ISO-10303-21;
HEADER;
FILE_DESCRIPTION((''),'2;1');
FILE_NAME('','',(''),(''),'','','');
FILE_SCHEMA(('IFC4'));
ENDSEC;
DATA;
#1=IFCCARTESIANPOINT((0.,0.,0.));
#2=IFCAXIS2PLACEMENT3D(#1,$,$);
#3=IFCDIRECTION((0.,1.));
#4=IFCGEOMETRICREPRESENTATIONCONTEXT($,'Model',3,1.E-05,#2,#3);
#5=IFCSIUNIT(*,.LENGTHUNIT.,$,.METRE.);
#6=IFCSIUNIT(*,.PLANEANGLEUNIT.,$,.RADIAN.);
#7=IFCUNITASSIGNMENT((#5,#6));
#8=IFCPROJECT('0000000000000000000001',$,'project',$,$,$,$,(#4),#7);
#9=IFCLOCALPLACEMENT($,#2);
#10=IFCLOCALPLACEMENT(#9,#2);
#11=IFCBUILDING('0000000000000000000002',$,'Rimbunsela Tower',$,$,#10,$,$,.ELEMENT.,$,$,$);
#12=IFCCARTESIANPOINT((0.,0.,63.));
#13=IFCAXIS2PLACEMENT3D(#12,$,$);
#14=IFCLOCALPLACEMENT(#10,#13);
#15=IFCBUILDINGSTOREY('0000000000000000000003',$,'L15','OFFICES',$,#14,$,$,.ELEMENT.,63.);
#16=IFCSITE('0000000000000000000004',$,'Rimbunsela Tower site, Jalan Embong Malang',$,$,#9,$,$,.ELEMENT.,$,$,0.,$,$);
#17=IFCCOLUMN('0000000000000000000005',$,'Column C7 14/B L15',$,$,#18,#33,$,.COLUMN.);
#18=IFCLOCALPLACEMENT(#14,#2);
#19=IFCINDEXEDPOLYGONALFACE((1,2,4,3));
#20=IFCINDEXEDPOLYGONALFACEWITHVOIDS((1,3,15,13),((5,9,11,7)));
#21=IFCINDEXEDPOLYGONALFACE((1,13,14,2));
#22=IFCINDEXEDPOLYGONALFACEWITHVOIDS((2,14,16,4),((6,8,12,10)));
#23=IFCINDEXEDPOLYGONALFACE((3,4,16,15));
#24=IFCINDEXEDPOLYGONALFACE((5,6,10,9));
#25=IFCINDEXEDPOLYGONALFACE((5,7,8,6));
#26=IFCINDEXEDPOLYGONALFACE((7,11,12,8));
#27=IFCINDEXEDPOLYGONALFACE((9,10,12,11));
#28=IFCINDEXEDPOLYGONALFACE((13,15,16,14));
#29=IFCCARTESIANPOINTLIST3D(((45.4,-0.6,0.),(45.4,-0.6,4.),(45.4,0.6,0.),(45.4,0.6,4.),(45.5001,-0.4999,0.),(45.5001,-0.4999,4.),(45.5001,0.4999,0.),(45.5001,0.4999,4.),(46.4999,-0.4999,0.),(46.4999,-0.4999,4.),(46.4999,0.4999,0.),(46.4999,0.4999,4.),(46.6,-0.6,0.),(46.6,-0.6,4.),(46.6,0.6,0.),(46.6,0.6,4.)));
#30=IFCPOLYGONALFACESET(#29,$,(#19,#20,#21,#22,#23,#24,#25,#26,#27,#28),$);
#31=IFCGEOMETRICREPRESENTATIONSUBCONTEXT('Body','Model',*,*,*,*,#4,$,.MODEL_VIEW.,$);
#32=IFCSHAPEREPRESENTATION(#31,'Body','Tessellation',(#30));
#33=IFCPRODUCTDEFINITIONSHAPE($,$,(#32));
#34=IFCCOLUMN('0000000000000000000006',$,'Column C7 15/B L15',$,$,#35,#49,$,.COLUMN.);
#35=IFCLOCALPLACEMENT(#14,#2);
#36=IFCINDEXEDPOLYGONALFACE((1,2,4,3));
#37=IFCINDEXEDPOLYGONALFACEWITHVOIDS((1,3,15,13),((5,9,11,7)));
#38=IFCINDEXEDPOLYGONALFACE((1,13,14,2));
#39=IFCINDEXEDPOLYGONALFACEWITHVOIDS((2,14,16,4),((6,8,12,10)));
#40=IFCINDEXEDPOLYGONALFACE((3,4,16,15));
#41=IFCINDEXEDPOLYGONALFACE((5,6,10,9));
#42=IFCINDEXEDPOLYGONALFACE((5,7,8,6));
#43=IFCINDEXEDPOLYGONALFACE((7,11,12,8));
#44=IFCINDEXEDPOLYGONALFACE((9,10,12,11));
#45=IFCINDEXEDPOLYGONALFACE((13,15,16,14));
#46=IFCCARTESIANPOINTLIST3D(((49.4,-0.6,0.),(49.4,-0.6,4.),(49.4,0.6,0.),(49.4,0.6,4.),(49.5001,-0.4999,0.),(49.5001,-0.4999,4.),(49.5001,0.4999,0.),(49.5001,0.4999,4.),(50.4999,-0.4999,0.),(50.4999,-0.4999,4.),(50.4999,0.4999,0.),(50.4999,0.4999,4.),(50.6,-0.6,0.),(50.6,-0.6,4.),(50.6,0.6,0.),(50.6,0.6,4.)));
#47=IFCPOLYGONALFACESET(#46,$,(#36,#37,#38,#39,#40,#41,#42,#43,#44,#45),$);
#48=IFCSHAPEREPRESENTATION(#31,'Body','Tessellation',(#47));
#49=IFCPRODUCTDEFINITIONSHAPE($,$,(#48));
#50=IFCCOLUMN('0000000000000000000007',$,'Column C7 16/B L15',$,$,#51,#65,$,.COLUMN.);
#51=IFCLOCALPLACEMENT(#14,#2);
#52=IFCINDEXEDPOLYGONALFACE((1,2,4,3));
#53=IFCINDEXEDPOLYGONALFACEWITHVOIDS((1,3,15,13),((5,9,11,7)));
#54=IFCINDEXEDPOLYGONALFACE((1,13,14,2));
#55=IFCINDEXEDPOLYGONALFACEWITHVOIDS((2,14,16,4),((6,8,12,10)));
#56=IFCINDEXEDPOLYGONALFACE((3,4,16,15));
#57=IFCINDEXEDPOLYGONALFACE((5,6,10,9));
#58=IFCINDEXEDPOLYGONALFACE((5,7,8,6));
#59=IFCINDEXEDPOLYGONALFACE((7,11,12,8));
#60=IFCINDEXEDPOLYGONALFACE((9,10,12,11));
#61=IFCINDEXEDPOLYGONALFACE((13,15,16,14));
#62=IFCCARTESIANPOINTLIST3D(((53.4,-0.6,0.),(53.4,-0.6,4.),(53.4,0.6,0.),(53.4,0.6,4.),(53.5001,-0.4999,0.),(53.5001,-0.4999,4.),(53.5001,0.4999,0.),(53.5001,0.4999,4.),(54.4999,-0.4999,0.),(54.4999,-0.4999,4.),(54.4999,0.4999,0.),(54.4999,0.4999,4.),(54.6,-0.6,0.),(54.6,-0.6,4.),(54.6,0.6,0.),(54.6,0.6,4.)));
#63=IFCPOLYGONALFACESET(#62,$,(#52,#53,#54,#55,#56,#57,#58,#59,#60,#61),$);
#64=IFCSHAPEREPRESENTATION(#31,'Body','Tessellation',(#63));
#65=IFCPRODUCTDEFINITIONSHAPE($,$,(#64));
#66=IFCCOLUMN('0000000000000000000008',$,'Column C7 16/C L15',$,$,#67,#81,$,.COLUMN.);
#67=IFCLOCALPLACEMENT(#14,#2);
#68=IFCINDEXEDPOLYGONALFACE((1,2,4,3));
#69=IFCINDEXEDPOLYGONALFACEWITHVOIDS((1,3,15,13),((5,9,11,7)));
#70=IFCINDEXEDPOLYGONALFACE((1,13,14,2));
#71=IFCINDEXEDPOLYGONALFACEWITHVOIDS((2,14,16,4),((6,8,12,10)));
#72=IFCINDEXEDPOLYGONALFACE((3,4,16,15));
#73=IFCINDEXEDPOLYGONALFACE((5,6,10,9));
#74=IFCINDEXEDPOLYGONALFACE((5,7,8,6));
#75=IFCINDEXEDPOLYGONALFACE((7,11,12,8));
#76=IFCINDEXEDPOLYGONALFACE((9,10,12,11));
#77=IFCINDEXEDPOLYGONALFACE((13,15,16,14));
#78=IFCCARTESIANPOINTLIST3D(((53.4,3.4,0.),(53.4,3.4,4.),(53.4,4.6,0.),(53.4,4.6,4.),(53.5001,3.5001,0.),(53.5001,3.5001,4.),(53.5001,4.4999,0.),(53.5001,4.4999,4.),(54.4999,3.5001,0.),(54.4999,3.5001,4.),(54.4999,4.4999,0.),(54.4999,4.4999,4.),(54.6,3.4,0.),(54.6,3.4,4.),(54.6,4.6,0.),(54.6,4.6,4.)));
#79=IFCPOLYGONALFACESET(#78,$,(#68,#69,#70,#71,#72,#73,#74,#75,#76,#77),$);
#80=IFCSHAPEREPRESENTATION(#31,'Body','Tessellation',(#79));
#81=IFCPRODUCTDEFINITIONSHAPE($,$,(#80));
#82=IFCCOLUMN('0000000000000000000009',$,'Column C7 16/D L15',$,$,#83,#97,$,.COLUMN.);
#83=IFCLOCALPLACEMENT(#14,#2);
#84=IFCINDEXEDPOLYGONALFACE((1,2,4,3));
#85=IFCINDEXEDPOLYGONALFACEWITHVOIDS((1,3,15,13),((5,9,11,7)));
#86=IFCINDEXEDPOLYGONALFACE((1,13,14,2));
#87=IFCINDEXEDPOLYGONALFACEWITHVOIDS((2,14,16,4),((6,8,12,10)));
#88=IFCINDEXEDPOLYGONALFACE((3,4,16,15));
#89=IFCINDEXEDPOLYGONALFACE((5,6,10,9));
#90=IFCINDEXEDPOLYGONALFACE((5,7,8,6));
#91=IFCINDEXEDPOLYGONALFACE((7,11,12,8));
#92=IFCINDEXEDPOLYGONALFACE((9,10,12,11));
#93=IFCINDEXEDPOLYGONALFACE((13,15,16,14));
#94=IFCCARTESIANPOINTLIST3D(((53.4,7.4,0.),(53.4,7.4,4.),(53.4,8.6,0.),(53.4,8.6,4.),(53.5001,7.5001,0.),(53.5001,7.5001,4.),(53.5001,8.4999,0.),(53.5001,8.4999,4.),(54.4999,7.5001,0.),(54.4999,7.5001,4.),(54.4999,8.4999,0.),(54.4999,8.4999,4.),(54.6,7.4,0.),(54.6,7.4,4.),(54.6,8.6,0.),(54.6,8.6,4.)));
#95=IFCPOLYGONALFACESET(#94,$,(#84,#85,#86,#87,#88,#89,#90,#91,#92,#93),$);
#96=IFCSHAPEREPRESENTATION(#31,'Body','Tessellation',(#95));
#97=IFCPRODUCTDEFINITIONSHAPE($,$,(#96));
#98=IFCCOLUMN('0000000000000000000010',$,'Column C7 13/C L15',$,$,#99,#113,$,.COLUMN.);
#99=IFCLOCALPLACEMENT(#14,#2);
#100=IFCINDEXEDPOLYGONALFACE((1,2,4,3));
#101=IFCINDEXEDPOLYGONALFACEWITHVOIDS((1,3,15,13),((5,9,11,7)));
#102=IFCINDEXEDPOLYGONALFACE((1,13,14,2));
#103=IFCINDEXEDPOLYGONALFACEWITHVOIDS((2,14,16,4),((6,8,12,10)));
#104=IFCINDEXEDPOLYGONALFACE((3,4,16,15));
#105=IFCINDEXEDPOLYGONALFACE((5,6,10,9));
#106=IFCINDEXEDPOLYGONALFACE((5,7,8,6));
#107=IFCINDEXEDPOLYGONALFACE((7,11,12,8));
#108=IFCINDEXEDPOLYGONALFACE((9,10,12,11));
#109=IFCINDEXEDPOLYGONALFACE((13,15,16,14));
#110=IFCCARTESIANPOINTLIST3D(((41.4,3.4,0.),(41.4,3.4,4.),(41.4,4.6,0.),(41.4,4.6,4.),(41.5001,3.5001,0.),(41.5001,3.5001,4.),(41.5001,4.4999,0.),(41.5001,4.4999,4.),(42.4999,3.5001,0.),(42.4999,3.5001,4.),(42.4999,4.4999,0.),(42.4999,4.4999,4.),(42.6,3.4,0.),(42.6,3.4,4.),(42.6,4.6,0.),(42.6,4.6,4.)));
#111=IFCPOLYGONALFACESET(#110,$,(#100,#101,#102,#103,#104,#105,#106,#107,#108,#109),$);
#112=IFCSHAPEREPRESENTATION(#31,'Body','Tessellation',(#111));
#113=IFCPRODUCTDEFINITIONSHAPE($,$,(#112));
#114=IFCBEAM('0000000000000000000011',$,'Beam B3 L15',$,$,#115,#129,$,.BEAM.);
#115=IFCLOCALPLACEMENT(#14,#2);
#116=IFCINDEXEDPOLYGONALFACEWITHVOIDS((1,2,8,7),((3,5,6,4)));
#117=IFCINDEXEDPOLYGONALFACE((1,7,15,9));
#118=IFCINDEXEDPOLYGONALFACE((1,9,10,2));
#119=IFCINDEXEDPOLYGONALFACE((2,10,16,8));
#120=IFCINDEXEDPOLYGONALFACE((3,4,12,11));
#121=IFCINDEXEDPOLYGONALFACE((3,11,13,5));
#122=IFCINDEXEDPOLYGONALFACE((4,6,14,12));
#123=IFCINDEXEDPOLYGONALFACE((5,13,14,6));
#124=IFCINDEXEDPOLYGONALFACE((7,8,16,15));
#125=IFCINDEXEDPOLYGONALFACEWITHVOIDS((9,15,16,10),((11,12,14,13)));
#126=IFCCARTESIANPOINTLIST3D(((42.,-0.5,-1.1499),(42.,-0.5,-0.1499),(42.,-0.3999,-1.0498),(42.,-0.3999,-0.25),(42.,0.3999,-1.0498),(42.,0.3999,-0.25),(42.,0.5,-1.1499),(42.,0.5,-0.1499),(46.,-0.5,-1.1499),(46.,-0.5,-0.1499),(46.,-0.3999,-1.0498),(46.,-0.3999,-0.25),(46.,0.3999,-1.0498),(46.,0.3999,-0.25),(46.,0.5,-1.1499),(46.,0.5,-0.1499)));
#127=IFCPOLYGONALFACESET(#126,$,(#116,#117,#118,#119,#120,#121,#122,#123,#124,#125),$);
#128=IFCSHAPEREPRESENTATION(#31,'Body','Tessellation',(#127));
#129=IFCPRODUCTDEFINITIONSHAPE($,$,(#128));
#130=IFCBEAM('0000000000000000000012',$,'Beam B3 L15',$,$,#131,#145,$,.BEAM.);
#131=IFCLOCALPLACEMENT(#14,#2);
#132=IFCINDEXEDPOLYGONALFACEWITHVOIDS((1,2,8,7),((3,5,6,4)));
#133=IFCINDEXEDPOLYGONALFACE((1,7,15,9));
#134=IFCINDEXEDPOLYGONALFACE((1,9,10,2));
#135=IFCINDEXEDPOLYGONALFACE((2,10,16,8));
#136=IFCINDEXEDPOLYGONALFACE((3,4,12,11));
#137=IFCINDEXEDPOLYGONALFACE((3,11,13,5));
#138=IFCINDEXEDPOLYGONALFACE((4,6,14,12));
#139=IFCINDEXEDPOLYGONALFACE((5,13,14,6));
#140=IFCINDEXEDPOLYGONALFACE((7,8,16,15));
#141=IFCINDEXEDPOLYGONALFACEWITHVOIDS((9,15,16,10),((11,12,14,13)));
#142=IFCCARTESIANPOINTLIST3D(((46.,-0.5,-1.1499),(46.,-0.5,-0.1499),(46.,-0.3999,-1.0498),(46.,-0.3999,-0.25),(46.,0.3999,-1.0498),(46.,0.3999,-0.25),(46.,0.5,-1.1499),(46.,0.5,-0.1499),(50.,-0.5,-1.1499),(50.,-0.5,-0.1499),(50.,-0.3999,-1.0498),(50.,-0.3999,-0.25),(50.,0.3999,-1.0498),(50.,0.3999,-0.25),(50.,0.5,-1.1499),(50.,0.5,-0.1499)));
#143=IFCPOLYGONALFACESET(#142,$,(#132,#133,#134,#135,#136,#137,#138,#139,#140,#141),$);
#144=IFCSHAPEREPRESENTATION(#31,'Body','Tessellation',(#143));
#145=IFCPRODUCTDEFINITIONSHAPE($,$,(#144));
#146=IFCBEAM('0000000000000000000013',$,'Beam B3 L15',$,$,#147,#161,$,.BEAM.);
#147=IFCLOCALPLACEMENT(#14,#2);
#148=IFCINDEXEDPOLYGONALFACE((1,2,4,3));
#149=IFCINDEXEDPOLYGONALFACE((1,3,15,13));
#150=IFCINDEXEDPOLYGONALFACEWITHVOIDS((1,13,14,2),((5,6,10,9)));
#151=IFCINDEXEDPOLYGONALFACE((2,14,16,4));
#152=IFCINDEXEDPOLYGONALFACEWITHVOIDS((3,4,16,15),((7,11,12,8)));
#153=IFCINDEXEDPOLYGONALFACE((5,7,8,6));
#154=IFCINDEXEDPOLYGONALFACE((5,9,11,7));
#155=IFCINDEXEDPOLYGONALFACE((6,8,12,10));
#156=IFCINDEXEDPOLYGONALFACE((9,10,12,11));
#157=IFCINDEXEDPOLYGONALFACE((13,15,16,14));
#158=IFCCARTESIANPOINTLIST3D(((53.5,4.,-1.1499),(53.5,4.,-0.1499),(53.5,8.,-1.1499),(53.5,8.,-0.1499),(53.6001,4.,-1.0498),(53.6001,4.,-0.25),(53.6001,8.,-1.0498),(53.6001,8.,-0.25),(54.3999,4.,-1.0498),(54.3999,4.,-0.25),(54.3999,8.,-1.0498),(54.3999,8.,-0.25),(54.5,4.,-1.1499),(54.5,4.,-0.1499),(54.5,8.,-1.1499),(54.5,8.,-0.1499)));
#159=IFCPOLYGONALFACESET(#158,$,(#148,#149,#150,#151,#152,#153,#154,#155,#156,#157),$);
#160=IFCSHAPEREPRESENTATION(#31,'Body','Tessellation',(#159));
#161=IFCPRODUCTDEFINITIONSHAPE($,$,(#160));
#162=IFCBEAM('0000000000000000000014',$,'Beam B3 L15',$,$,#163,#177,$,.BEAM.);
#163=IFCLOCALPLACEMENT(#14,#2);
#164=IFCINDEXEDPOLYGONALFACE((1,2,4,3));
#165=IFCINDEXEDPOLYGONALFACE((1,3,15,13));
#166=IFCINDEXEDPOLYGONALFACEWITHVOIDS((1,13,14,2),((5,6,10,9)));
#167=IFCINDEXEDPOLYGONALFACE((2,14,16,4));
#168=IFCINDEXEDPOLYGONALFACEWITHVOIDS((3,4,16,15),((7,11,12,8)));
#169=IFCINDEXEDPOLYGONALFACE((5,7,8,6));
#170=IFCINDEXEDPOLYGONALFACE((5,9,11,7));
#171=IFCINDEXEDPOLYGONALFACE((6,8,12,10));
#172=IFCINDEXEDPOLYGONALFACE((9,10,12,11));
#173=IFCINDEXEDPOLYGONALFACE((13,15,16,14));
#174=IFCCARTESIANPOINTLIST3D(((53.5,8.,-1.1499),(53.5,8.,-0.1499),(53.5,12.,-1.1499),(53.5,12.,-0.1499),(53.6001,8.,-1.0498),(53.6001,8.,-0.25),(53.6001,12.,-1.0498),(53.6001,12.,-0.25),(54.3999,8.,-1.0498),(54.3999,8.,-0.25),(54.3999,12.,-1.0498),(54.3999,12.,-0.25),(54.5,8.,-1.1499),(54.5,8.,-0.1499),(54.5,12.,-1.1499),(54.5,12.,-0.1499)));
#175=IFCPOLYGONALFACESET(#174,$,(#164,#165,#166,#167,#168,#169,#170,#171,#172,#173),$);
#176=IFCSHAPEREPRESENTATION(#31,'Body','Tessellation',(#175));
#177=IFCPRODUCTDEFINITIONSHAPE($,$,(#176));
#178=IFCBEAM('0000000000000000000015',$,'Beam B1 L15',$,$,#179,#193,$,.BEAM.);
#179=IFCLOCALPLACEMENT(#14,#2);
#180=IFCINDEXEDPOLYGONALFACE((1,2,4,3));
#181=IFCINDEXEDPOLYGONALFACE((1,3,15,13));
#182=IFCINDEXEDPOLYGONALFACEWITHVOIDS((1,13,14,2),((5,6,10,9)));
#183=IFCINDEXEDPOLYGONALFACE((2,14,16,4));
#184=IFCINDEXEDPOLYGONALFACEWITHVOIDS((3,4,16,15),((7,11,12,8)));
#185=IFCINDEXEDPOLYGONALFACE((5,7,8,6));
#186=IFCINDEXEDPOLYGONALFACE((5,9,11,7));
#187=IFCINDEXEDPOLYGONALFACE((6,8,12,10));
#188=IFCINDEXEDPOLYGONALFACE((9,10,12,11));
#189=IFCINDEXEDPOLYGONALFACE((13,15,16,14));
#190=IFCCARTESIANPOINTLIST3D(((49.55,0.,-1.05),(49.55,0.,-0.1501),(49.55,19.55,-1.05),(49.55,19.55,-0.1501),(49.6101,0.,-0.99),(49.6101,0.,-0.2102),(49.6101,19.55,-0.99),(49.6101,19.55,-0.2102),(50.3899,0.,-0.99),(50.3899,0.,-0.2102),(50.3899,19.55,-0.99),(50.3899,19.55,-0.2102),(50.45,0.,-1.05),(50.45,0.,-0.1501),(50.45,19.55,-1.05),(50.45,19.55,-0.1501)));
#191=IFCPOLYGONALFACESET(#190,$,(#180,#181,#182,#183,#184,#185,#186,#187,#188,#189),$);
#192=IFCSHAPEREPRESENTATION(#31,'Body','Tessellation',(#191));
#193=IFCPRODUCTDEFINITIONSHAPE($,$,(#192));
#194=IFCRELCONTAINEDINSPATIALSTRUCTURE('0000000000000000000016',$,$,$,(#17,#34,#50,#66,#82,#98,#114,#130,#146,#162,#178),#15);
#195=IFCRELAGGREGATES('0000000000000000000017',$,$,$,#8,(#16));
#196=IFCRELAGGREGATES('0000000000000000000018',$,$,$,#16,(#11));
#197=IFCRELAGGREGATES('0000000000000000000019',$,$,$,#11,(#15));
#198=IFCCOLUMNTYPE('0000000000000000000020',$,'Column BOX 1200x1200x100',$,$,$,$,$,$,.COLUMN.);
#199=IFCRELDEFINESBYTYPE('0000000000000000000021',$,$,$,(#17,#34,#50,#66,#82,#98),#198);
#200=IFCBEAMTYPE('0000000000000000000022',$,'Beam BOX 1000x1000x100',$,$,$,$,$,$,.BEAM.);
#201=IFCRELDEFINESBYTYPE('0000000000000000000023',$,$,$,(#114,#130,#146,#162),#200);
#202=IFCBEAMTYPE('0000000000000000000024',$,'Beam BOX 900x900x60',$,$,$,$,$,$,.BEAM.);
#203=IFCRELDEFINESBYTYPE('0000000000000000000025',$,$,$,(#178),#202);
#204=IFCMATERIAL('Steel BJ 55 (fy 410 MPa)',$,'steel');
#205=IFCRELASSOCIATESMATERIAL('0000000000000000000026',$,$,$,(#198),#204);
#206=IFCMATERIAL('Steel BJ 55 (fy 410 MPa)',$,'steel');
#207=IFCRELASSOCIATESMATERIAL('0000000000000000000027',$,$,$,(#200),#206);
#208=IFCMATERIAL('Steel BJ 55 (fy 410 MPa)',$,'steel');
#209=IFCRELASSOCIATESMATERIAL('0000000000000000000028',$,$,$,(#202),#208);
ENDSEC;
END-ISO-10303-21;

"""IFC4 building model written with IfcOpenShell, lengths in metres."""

from ifc_helpers import new_model, si_unit, direction, frame, origin, origin_2d, place, context, subcontext, project, spatial, hollow_rectangle, extrude, material, material_profile, profile_set, type_object, element, save


model = new_model("IFC4")

# Units and contexts
model_context = context("Model", 3, precision=1e-05, world=origin(), true_north=direction((0.0, 1.0)))
body_context = subcontext(model_context, "Body", "Model", "MODEL_VIEW")
ifc_project = project(units=[si_unit("LENGTHUNIT", "METRE"), si_unit("PLANEANGLEUNIT", "RADIAN")], contexts=[model_context])

# Site, building, storey
site_placement = place(None, origin())
site = spatial("IfcSite", under=ifc_project, at=site_placement, Name="Rimbunsela Tower site, Jalan Embong Malang", CompositionType="ELEMENT", RefElevation=0.0)
building_placement = place(site_placement, origin())
building = spatial("IfcBuilding", under=site, at=building_placement, Name="Rimbunsela Tower", CompositionType="ELEMENT")
storey_placement = place(building_placement, frame((0.0, 0.0, 63.0)))
storey = spatial("IfcBuildingStorey", under=building, at=storey_placement, Name="L15", Description="OFFICES", CompositionType="ELEMENT", Elevation=63.0)

# Columns
ifc_material_1 = material(Name="Steel BJ 55 (fy 410 MPa)", Category="steel")
ifc_material_profile_1 = material_profile(ifc_material_1, hollow_rectangle(XDim=1.2, YDim=1.2, WallThickness=0.1001, at=origin_2d()), Name="BOX 1200x1200x100")
ifc_profile_set_1 = profile_set([ifc_material_profile_1], Name="Steel BJ 55 (fy 410 MPa)")
column_type = type_object("IfcColumnType", Name="Column BOX 1200x1200x100", PredefinedType="COLUMN", material=ifc_profile_set_1)
for number, where, z_axis, x_axis, name in (
    (1, (46.0, 0.0, 0.0), (0.0, 0.0, 1.0), (1.0, 0.0, 0.0), "Column C7 14/B L15"),
    (2, (50.0, 0.0, 0.0), (0.0, 0.0, 1.0), (1.0, 0.0, 0.0), "Column C7 15/B L15"),
    (3, (54.0, 0.0, 0.0), (0.0, 0.0, 1.0), (1.0, 0.0, 0.0), "Column C7 16/B L15"),
    (4, (54.0, 4.0, 0.0), (0.0, 0.0, 1.0), (1.0, 0.0, 0.0), "Column C7 16/C L15"),
    (5, (54.0, 8.0, 0.0), (0.0, 0.0, 1.0), (1.0, 0.0, 0.0), "Column C7 16/D L15"),
    (6, (42.0, 4.0, 0.0), (0.0, 0.0, 1.0), (1.0, 0.0, 0.0), "Column C7 13/C L15"),
):
    element("IfcColumn", number, at=place(storey_placement, frame(where, z_axis=z_axis, x_axis=x_axis)), inside=storey, type_object=column_type, Name=name, PredefinedType="COLUMN", context=body_context, shape_type="SweptSolid", body=[
        extrude(hollow_rectangle(XDim=1.2, YDim=1.2, WallThickness=0.1001, at=origin_2d()), origin(), (0.0, 0.0, 1.0), 4.0),
    ])

# Beams
ifc_material_2 = material(Name="Steel BJ 55 (fy 410 MPa)", Category="steel")
ifc_material_profile_2 = material_profile(ifc_material_2, hollow_rectangle(XDim=1.0, YDim=1.0, WallThickness=0.1001, at=origin_2d()), Name="BOX 1000x1000x100")
ifc_profile_set_2 = profile_set([ifc_material_profile_2], Name="Steel BJ 55 (fy 410 MPa)")
beam_type_1 = type_object("IfcBeamType", Name="Beam BOX 1000x1000x100", PredefinedType="BEAM", material=ifc_profile_set_2)
for number, where, z_axis, x_axis, name in (
    (7, (42.0, 0.0, -0.6499), (1.0, 0.0, 0.0), (0.0, 1.0, 0.0), "Beam B3 L15"),
    (8, (46.0, 0.0, -0.6499), (1.0, 0.0, 0.0), (0.0, 1.0, 0.0), "Beam B3 L15"),
    (9, (54.0, 4.0, -0.6499), (0.0, 1.0, 0.0), (-1.0, 0.0, 0.0), "Beam B3 L15"),
    (10, (54.0, 8.0, -0.6499), (0.0, 1.0, 0.0), (-1.0, 0.0, 0.0), "Beam B3 L15"),
):
    element("IfcBeam", number, at=place(storey_placement, frame(where, z_axis=z_axis, x_axis=x_axis)), inside=storey, type_object=beam_type_1, Name=name, PredefinedType="BEAM", context=body_context, shape_type="SweptSolid", body=[
        extrude(hollow_rectangle(XDim=1.0, YDim=1.0, WallThickness=0.1001, at=origin_2d()), origin(), (0.0, 0.0, 1.0), 4.0),
    ])
ifc_material_3 = material(Name="Steel BJ 55 (fy 410 MPa)", Category="steel")
ifc_material_profile_3 = material_profile(ifc_material_3, hollow_rectangle(XDim=0.8999, YDim=0.8999, WallThickness=0.0601, at=origin_2d()), Name="BOX 900x900x60")
ifc_profile_set_3 = profile_set([ifc_material_profile_3], Name="Steel BJ 55 (fy 410 MPa)")
beam_type_2 = type_object("IfcBeamType", Name="Beam BOX 900x900x60", PredefinedType="BEAM", material=ifc_profile_set_3)
beam_1_placement = place(storey_placement, frame((50.0, 0.0, -0.6001), z_axis=(0.0, 1.0, 0.0), x_axis=(-1.0, 0.0, 0.0)))
element("IfcBeam", 11, at=beam_1_placement, inside=storey, type_object=beam_type_2, Name="Beam B1 L15", PredefinedType="BEAM", context=body_context, shape_type="SweptSolid", body=[
    extrude(hollow_rectangle(XDim=0.8999, YDim=0.8999, WallThickness=0.0601, at=origin_2d()), origin(), (0.0, 0.0, 1.0), 19.55),
])

save(model, "model.ifc")
